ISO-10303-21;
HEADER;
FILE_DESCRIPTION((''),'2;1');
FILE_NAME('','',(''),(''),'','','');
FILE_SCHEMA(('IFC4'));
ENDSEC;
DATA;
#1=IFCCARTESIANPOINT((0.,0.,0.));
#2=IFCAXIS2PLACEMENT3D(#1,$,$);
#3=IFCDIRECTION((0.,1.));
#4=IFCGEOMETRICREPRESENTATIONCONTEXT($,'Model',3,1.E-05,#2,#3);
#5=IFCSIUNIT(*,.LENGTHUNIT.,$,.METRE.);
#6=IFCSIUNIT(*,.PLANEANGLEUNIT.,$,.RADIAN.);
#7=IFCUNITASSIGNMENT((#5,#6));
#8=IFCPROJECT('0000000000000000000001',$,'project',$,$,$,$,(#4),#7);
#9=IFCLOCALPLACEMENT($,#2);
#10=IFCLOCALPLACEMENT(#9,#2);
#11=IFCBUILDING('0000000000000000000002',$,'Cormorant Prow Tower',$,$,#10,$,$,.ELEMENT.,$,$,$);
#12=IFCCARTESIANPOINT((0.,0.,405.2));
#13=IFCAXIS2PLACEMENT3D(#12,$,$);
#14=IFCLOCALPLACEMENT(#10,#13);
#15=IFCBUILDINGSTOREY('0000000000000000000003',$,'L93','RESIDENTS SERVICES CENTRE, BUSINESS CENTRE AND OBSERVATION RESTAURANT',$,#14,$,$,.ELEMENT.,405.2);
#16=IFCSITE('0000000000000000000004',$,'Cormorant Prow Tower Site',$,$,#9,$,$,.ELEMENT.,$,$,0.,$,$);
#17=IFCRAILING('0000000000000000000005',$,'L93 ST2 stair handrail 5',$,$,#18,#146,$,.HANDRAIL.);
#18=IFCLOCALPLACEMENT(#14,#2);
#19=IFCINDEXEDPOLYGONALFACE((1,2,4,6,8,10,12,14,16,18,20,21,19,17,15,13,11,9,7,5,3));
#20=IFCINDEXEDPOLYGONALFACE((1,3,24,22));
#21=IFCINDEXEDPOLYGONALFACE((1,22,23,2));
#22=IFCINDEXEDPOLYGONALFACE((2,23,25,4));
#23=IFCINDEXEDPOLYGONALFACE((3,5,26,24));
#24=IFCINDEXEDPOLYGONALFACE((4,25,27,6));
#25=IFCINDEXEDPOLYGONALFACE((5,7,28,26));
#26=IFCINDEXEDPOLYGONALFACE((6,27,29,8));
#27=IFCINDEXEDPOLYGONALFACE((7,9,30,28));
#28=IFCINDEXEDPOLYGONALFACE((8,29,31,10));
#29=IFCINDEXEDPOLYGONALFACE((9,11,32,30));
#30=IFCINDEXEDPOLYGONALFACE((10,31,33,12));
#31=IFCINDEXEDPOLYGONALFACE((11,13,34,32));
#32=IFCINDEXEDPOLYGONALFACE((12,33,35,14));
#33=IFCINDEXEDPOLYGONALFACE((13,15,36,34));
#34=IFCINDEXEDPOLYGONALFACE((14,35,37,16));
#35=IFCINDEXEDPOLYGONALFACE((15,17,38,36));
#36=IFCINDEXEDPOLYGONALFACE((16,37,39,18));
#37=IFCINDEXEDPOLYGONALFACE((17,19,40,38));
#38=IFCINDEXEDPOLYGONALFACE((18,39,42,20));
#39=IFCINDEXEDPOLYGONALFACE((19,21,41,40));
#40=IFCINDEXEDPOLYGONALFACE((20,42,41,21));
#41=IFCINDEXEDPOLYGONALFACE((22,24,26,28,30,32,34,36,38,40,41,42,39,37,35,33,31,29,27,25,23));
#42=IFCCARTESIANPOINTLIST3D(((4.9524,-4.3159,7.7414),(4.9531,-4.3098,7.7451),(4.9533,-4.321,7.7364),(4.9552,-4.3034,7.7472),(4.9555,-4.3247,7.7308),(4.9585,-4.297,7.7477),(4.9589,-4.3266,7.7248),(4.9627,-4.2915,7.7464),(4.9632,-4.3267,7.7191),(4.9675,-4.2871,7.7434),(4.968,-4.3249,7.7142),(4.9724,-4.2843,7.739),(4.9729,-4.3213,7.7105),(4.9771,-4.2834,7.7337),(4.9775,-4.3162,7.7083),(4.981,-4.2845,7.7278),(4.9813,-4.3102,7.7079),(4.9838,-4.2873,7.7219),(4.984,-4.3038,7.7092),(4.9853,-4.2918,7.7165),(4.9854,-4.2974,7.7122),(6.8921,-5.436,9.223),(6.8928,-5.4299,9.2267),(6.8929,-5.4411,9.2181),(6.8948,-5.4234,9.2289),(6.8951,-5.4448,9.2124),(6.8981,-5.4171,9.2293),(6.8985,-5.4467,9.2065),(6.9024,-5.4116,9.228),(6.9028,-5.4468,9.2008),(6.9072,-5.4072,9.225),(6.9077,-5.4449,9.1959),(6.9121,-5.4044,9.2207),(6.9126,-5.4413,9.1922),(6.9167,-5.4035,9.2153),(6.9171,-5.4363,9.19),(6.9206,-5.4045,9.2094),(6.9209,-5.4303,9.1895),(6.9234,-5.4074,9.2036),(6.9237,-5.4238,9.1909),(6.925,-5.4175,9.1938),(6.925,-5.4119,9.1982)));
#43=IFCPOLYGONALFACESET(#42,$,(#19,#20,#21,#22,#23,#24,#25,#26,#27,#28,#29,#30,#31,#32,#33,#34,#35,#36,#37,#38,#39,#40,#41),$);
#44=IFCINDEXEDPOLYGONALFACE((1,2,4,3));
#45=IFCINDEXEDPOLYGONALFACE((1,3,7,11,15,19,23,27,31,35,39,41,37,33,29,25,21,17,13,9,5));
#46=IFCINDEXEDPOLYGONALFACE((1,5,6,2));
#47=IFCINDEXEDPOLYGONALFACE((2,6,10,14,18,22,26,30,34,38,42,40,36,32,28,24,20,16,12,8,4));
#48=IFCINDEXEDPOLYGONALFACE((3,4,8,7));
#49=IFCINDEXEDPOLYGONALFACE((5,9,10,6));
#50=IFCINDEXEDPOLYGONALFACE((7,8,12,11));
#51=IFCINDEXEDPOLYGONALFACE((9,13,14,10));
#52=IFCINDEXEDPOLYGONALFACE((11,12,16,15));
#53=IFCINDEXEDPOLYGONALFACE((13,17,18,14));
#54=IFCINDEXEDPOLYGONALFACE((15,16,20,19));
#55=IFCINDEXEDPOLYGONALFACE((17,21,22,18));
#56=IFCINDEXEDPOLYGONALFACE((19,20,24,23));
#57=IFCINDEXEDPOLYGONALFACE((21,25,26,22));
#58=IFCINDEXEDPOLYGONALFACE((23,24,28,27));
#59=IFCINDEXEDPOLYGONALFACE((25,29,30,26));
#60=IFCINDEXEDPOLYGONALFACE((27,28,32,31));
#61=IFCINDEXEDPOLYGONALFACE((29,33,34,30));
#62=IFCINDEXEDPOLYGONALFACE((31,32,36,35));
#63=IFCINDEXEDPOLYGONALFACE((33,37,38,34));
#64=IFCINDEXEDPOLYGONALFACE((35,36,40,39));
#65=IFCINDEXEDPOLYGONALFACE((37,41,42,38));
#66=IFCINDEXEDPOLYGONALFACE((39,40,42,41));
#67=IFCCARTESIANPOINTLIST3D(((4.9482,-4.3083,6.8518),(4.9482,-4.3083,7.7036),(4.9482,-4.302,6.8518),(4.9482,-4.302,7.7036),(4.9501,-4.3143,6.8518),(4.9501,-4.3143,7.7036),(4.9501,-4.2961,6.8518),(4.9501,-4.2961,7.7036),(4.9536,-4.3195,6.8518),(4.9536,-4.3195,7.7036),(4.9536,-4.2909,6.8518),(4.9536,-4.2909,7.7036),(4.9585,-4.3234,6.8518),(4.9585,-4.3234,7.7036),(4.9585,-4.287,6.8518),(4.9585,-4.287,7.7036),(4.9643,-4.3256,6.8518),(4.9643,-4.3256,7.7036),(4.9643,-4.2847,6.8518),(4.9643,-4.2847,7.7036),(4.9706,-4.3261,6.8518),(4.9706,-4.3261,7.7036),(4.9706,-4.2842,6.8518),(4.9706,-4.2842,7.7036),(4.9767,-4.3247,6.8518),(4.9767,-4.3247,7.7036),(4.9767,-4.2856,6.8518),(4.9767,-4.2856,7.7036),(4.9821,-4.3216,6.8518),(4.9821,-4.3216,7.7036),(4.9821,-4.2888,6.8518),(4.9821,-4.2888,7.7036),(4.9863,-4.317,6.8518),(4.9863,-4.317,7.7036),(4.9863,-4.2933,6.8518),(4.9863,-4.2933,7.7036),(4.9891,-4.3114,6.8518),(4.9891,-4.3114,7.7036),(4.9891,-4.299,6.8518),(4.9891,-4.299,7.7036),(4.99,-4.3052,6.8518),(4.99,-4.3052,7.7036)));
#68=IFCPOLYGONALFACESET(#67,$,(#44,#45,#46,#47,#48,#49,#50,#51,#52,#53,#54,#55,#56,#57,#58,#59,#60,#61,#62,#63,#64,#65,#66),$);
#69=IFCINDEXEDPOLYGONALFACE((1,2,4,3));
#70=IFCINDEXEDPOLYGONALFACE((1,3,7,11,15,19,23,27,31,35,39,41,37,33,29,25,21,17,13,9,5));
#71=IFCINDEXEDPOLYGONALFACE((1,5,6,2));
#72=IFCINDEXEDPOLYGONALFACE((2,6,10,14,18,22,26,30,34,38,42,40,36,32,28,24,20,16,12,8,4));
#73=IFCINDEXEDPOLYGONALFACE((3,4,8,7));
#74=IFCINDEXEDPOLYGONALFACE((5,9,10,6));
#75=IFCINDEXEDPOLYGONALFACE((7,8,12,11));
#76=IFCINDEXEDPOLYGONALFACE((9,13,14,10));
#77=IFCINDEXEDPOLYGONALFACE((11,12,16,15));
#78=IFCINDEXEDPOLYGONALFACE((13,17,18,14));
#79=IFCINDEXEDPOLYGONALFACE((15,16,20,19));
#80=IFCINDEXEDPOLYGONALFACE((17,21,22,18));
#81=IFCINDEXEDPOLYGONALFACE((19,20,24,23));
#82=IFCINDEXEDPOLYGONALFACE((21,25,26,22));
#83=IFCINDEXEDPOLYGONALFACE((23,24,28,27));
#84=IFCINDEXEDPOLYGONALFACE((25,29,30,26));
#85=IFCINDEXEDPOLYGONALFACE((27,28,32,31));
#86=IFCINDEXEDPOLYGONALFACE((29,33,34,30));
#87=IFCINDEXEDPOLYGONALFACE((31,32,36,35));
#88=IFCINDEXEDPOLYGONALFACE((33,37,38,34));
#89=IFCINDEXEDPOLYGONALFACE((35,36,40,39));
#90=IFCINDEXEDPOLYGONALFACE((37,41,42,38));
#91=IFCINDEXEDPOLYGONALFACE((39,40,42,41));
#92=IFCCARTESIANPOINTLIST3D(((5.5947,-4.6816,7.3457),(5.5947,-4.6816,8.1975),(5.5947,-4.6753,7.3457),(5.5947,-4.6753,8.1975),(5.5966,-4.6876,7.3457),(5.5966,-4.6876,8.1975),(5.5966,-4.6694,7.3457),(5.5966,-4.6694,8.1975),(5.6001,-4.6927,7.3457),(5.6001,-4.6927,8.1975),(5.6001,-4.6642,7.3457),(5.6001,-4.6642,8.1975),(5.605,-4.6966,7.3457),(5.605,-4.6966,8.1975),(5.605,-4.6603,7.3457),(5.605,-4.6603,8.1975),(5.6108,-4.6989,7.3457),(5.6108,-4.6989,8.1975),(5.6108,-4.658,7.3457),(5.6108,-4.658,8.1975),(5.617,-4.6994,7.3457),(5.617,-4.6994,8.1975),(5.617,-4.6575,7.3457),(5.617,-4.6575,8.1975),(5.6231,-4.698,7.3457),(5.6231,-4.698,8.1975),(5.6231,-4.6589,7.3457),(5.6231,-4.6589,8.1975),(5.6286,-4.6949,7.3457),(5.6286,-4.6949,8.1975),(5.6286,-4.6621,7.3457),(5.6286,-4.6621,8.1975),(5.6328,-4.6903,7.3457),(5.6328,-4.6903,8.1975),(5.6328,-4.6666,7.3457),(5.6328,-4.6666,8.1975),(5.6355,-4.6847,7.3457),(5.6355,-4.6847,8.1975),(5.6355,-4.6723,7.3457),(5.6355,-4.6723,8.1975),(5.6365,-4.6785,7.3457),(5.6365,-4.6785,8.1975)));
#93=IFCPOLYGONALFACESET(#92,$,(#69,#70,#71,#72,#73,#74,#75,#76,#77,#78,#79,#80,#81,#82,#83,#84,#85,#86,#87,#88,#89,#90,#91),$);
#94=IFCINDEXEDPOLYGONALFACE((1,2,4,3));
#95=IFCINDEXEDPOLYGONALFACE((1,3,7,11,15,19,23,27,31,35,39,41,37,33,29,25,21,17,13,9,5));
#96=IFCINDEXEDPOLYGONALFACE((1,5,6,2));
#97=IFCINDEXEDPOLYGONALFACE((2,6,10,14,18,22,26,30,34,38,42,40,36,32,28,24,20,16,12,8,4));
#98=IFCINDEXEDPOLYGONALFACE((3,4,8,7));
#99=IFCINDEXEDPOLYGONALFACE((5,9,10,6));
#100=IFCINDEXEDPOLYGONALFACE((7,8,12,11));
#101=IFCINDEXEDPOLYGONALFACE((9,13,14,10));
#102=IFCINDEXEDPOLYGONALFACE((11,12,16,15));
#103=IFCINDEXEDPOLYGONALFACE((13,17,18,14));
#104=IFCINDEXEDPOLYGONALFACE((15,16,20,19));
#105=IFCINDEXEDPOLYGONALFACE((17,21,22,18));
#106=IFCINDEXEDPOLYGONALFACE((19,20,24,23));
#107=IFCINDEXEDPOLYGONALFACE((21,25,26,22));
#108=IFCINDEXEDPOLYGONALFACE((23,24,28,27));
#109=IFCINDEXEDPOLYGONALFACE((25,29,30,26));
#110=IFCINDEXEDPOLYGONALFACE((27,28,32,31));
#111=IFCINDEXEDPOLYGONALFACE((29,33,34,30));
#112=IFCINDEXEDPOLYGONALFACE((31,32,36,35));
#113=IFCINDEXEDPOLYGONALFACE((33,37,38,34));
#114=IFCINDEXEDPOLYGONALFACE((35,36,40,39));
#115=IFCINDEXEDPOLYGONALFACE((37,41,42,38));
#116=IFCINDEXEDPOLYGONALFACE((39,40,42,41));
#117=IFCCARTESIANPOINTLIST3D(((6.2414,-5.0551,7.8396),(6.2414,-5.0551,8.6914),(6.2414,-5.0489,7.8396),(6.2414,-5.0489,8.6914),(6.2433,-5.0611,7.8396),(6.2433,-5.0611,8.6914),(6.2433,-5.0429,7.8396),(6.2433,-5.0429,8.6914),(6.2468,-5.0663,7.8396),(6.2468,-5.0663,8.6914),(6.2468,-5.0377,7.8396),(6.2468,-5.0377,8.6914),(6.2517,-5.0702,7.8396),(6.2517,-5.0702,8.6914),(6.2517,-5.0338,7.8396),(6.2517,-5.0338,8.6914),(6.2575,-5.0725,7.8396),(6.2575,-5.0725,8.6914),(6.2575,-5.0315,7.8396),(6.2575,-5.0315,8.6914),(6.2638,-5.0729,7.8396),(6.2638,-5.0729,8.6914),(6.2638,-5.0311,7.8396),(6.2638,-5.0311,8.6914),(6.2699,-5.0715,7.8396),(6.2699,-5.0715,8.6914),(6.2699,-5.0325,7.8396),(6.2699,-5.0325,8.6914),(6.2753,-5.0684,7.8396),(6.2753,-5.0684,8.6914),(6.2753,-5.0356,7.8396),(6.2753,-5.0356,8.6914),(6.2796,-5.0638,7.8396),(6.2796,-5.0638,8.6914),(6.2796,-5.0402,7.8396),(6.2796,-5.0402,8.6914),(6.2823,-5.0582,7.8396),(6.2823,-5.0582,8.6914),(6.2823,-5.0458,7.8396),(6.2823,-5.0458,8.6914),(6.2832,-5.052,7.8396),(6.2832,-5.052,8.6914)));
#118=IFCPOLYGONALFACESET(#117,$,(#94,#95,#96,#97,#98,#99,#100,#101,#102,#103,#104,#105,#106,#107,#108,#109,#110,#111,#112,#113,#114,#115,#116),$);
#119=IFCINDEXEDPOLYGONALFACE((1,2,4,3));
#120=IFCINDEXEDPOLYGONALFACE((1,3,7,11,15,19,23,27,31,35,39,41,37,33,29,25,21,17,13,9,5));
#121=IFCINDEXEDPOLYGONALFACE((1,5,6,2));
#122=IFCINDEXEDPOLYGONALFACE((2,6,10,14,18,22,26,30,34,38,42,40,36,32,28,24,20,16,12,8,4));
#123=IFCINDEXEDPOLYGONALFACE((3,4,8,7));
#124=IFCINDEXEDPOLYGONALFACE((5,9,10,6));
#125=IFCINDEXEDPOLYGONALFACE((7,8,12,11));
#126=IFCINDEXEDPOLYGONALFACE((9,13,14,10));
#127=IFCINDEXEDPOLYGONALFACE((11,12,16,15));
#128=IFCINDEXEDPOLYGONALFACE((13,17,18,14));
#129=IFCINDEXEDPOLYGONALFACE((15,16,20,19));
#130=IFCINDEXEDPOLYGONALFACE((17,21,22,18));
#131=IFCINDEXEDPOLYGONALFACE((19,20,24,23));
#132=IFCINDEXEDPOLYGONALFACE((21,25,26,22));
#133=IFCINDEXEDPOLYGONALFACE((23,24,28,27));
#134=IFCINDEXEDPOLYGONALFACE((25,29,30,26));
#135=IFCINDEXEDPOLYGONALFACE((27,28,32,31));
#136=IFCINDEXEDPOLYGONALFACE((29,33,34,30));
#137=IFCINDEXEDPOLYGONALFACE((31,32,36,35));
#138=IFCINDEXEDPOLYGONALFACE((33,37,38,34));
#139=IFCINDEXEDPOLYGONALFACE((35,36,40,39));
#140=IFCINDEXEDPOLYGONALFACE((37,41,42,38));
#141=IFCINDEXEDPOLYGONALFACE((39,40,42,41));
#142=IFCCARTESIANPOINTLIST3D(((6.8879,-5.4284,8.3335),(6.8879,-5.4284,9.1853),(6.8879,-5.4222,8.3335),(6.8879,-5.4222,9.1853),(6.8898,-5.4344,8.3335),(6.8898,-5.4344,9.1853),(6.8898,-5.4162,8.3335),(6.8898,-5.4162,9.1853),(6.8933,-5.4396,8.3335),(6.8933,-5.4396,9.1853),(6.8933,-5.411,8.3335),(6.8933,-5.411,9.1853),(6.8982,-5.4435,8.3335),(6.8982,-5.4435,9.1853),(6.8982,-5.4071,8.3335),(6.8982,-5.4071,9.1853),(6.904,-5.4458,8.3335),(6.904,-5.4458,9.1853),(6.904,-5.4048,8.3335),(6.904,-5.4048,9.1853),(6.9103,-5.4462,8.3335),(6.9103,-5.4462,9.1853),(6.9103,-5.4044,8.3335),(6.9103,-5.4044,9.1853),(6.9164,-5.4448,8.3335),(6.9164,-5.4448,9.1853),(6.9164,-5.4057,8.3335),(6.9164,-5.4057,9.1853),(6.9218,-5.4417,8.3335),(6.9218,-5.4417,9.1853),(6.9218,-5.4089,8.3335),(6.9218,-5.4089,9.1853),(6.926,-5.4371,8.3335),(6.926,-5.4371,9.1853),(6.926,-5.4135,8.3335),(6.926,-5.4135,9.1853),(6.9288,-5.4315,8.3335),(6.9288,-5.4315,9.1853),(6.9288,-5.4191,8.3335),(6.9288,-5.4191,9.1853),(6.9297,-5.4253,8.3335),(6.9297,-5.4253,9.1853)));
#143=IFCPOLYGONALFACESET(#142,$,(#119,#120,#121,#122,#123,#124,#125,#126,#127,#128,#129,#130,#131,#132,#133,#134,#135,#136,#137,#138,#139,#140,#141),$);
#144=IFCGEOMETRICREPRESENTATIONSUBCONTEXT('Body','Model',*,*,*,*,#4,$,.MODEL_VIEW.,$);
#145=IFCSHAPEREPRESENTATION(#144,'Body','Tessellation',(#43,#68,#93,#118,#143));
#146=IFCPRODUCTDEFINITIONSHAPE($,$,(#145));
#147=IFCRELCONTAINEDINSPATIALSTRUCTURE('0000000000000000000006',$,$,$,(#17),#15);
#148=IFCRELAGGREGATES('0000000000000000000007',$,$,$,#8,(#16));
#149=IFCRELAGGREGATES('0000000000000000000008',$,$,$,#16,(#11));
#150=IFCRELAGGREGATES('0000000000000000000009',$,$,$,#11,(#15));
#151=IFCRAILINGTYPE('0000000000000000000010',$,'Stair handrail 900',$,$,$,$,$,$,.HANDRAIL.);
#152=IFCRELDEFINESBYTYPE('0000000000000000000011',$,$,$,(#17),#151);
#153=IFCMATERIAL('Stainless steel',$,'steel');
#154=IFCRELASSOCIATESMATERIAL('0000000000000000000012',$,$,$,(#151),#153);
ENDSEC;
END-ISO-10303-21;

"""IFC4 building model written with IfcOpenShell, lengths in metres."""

from ifc_helpers import new_model, si_unit, direction, frame, origin, origin_2d, place, context, subcontext, project, spatial, circle, extrude, material, type_object, element, save


model = new_model("IFC4")

# Units and contexts
model_context = context("Model", 3, precision=1e-05, world=origin(), true_north=direction((0.0, 1.0)))
body_context = subcontext(model_context, "Body", "Model", "MODEL_VIEW")
ifc_project = project(units=[si_unit("LENGTHUNIT", "METRE"), si_unit("PLANEANGLEUNIT", "RADIAN")], contexts=[model_context])

# Site, building, storey
site_placement = place(None, origin())
site = spatial("IfcSite", under=ifc_project, at=site_placement, Name="Cormorant Prow Tower Site", CompositionType="ELEMENT", RefElevation=0.0)
building_placement = place(site_placement, origin())
building = spatial("IfcBuilding", under=site, at=building_placement, Name="Cormorant Prow Tower", CompositionType="ELEMENT")
storey_placement = place(building_placement, frame((0.0, 0.0, 405.2)))
storey = spatial("IfcBuildingStorey", under=building, at=storey_placement, Name="L93", Description="RESIDENTS SERVICES CENTRE, BUSINESS CENTRE AND OBSERVATION RESTAURANT", CompositionType="ELEMENT", Elevation=405.2)

# Railing
ifc_material_1 = material(Name="Stainless steel", Category="steel")
railing_type_1 = type_object("IfcRailingType", Name="Stair handrail 900", PredefinedType="HANDRAIL", material=ifc_material_1)
railing_1_placement = place(storey_placement, frame((4.969, -4.3052, 6.8518)))
element("IfcRailing", 1, at=railing_1_placement, inside=storey, type_object=railing_type_1, Name="L93 ST2 stair handrail 5", PredefinedType="HANDRAIL", context=body_context, shape_type="SweptSolid", body=[
    extrude(circle(Radius=0.0239, at=origin_2d()), frame((0.0, 0.0, 0.876), z_axis=(0.722256, -0.417081, 0.551715), x_axis=(0.500078, 0.86598, 0.0)), (0.0, 0.0, 1.0), 2.6855),
    extrude(circle(Radius=0.021, at=origin_2d()), origin(), (0.0, 0.0, 1.0), 0.8518),
    extrude(circle(Radius=0.021, at=origin_2d()), frame((0.6465, -0.3733, 0.4939)), (0.0, 0.0, 1.0), 0.8518),
    extrude(circle(Radius=0.021, at=origin_2d()), frame((1.2932, -0.7468, 0.9878)), (0.0, 0.0, 1.0), 0.8518),
    extrude(circle(Radius=0.021, at=origin_2d()), frame((1.9397, -1.1201, 1.4817)), (0.0, 0.0, 1.0), 0.8518),
])

save(model, "model.ifc")
